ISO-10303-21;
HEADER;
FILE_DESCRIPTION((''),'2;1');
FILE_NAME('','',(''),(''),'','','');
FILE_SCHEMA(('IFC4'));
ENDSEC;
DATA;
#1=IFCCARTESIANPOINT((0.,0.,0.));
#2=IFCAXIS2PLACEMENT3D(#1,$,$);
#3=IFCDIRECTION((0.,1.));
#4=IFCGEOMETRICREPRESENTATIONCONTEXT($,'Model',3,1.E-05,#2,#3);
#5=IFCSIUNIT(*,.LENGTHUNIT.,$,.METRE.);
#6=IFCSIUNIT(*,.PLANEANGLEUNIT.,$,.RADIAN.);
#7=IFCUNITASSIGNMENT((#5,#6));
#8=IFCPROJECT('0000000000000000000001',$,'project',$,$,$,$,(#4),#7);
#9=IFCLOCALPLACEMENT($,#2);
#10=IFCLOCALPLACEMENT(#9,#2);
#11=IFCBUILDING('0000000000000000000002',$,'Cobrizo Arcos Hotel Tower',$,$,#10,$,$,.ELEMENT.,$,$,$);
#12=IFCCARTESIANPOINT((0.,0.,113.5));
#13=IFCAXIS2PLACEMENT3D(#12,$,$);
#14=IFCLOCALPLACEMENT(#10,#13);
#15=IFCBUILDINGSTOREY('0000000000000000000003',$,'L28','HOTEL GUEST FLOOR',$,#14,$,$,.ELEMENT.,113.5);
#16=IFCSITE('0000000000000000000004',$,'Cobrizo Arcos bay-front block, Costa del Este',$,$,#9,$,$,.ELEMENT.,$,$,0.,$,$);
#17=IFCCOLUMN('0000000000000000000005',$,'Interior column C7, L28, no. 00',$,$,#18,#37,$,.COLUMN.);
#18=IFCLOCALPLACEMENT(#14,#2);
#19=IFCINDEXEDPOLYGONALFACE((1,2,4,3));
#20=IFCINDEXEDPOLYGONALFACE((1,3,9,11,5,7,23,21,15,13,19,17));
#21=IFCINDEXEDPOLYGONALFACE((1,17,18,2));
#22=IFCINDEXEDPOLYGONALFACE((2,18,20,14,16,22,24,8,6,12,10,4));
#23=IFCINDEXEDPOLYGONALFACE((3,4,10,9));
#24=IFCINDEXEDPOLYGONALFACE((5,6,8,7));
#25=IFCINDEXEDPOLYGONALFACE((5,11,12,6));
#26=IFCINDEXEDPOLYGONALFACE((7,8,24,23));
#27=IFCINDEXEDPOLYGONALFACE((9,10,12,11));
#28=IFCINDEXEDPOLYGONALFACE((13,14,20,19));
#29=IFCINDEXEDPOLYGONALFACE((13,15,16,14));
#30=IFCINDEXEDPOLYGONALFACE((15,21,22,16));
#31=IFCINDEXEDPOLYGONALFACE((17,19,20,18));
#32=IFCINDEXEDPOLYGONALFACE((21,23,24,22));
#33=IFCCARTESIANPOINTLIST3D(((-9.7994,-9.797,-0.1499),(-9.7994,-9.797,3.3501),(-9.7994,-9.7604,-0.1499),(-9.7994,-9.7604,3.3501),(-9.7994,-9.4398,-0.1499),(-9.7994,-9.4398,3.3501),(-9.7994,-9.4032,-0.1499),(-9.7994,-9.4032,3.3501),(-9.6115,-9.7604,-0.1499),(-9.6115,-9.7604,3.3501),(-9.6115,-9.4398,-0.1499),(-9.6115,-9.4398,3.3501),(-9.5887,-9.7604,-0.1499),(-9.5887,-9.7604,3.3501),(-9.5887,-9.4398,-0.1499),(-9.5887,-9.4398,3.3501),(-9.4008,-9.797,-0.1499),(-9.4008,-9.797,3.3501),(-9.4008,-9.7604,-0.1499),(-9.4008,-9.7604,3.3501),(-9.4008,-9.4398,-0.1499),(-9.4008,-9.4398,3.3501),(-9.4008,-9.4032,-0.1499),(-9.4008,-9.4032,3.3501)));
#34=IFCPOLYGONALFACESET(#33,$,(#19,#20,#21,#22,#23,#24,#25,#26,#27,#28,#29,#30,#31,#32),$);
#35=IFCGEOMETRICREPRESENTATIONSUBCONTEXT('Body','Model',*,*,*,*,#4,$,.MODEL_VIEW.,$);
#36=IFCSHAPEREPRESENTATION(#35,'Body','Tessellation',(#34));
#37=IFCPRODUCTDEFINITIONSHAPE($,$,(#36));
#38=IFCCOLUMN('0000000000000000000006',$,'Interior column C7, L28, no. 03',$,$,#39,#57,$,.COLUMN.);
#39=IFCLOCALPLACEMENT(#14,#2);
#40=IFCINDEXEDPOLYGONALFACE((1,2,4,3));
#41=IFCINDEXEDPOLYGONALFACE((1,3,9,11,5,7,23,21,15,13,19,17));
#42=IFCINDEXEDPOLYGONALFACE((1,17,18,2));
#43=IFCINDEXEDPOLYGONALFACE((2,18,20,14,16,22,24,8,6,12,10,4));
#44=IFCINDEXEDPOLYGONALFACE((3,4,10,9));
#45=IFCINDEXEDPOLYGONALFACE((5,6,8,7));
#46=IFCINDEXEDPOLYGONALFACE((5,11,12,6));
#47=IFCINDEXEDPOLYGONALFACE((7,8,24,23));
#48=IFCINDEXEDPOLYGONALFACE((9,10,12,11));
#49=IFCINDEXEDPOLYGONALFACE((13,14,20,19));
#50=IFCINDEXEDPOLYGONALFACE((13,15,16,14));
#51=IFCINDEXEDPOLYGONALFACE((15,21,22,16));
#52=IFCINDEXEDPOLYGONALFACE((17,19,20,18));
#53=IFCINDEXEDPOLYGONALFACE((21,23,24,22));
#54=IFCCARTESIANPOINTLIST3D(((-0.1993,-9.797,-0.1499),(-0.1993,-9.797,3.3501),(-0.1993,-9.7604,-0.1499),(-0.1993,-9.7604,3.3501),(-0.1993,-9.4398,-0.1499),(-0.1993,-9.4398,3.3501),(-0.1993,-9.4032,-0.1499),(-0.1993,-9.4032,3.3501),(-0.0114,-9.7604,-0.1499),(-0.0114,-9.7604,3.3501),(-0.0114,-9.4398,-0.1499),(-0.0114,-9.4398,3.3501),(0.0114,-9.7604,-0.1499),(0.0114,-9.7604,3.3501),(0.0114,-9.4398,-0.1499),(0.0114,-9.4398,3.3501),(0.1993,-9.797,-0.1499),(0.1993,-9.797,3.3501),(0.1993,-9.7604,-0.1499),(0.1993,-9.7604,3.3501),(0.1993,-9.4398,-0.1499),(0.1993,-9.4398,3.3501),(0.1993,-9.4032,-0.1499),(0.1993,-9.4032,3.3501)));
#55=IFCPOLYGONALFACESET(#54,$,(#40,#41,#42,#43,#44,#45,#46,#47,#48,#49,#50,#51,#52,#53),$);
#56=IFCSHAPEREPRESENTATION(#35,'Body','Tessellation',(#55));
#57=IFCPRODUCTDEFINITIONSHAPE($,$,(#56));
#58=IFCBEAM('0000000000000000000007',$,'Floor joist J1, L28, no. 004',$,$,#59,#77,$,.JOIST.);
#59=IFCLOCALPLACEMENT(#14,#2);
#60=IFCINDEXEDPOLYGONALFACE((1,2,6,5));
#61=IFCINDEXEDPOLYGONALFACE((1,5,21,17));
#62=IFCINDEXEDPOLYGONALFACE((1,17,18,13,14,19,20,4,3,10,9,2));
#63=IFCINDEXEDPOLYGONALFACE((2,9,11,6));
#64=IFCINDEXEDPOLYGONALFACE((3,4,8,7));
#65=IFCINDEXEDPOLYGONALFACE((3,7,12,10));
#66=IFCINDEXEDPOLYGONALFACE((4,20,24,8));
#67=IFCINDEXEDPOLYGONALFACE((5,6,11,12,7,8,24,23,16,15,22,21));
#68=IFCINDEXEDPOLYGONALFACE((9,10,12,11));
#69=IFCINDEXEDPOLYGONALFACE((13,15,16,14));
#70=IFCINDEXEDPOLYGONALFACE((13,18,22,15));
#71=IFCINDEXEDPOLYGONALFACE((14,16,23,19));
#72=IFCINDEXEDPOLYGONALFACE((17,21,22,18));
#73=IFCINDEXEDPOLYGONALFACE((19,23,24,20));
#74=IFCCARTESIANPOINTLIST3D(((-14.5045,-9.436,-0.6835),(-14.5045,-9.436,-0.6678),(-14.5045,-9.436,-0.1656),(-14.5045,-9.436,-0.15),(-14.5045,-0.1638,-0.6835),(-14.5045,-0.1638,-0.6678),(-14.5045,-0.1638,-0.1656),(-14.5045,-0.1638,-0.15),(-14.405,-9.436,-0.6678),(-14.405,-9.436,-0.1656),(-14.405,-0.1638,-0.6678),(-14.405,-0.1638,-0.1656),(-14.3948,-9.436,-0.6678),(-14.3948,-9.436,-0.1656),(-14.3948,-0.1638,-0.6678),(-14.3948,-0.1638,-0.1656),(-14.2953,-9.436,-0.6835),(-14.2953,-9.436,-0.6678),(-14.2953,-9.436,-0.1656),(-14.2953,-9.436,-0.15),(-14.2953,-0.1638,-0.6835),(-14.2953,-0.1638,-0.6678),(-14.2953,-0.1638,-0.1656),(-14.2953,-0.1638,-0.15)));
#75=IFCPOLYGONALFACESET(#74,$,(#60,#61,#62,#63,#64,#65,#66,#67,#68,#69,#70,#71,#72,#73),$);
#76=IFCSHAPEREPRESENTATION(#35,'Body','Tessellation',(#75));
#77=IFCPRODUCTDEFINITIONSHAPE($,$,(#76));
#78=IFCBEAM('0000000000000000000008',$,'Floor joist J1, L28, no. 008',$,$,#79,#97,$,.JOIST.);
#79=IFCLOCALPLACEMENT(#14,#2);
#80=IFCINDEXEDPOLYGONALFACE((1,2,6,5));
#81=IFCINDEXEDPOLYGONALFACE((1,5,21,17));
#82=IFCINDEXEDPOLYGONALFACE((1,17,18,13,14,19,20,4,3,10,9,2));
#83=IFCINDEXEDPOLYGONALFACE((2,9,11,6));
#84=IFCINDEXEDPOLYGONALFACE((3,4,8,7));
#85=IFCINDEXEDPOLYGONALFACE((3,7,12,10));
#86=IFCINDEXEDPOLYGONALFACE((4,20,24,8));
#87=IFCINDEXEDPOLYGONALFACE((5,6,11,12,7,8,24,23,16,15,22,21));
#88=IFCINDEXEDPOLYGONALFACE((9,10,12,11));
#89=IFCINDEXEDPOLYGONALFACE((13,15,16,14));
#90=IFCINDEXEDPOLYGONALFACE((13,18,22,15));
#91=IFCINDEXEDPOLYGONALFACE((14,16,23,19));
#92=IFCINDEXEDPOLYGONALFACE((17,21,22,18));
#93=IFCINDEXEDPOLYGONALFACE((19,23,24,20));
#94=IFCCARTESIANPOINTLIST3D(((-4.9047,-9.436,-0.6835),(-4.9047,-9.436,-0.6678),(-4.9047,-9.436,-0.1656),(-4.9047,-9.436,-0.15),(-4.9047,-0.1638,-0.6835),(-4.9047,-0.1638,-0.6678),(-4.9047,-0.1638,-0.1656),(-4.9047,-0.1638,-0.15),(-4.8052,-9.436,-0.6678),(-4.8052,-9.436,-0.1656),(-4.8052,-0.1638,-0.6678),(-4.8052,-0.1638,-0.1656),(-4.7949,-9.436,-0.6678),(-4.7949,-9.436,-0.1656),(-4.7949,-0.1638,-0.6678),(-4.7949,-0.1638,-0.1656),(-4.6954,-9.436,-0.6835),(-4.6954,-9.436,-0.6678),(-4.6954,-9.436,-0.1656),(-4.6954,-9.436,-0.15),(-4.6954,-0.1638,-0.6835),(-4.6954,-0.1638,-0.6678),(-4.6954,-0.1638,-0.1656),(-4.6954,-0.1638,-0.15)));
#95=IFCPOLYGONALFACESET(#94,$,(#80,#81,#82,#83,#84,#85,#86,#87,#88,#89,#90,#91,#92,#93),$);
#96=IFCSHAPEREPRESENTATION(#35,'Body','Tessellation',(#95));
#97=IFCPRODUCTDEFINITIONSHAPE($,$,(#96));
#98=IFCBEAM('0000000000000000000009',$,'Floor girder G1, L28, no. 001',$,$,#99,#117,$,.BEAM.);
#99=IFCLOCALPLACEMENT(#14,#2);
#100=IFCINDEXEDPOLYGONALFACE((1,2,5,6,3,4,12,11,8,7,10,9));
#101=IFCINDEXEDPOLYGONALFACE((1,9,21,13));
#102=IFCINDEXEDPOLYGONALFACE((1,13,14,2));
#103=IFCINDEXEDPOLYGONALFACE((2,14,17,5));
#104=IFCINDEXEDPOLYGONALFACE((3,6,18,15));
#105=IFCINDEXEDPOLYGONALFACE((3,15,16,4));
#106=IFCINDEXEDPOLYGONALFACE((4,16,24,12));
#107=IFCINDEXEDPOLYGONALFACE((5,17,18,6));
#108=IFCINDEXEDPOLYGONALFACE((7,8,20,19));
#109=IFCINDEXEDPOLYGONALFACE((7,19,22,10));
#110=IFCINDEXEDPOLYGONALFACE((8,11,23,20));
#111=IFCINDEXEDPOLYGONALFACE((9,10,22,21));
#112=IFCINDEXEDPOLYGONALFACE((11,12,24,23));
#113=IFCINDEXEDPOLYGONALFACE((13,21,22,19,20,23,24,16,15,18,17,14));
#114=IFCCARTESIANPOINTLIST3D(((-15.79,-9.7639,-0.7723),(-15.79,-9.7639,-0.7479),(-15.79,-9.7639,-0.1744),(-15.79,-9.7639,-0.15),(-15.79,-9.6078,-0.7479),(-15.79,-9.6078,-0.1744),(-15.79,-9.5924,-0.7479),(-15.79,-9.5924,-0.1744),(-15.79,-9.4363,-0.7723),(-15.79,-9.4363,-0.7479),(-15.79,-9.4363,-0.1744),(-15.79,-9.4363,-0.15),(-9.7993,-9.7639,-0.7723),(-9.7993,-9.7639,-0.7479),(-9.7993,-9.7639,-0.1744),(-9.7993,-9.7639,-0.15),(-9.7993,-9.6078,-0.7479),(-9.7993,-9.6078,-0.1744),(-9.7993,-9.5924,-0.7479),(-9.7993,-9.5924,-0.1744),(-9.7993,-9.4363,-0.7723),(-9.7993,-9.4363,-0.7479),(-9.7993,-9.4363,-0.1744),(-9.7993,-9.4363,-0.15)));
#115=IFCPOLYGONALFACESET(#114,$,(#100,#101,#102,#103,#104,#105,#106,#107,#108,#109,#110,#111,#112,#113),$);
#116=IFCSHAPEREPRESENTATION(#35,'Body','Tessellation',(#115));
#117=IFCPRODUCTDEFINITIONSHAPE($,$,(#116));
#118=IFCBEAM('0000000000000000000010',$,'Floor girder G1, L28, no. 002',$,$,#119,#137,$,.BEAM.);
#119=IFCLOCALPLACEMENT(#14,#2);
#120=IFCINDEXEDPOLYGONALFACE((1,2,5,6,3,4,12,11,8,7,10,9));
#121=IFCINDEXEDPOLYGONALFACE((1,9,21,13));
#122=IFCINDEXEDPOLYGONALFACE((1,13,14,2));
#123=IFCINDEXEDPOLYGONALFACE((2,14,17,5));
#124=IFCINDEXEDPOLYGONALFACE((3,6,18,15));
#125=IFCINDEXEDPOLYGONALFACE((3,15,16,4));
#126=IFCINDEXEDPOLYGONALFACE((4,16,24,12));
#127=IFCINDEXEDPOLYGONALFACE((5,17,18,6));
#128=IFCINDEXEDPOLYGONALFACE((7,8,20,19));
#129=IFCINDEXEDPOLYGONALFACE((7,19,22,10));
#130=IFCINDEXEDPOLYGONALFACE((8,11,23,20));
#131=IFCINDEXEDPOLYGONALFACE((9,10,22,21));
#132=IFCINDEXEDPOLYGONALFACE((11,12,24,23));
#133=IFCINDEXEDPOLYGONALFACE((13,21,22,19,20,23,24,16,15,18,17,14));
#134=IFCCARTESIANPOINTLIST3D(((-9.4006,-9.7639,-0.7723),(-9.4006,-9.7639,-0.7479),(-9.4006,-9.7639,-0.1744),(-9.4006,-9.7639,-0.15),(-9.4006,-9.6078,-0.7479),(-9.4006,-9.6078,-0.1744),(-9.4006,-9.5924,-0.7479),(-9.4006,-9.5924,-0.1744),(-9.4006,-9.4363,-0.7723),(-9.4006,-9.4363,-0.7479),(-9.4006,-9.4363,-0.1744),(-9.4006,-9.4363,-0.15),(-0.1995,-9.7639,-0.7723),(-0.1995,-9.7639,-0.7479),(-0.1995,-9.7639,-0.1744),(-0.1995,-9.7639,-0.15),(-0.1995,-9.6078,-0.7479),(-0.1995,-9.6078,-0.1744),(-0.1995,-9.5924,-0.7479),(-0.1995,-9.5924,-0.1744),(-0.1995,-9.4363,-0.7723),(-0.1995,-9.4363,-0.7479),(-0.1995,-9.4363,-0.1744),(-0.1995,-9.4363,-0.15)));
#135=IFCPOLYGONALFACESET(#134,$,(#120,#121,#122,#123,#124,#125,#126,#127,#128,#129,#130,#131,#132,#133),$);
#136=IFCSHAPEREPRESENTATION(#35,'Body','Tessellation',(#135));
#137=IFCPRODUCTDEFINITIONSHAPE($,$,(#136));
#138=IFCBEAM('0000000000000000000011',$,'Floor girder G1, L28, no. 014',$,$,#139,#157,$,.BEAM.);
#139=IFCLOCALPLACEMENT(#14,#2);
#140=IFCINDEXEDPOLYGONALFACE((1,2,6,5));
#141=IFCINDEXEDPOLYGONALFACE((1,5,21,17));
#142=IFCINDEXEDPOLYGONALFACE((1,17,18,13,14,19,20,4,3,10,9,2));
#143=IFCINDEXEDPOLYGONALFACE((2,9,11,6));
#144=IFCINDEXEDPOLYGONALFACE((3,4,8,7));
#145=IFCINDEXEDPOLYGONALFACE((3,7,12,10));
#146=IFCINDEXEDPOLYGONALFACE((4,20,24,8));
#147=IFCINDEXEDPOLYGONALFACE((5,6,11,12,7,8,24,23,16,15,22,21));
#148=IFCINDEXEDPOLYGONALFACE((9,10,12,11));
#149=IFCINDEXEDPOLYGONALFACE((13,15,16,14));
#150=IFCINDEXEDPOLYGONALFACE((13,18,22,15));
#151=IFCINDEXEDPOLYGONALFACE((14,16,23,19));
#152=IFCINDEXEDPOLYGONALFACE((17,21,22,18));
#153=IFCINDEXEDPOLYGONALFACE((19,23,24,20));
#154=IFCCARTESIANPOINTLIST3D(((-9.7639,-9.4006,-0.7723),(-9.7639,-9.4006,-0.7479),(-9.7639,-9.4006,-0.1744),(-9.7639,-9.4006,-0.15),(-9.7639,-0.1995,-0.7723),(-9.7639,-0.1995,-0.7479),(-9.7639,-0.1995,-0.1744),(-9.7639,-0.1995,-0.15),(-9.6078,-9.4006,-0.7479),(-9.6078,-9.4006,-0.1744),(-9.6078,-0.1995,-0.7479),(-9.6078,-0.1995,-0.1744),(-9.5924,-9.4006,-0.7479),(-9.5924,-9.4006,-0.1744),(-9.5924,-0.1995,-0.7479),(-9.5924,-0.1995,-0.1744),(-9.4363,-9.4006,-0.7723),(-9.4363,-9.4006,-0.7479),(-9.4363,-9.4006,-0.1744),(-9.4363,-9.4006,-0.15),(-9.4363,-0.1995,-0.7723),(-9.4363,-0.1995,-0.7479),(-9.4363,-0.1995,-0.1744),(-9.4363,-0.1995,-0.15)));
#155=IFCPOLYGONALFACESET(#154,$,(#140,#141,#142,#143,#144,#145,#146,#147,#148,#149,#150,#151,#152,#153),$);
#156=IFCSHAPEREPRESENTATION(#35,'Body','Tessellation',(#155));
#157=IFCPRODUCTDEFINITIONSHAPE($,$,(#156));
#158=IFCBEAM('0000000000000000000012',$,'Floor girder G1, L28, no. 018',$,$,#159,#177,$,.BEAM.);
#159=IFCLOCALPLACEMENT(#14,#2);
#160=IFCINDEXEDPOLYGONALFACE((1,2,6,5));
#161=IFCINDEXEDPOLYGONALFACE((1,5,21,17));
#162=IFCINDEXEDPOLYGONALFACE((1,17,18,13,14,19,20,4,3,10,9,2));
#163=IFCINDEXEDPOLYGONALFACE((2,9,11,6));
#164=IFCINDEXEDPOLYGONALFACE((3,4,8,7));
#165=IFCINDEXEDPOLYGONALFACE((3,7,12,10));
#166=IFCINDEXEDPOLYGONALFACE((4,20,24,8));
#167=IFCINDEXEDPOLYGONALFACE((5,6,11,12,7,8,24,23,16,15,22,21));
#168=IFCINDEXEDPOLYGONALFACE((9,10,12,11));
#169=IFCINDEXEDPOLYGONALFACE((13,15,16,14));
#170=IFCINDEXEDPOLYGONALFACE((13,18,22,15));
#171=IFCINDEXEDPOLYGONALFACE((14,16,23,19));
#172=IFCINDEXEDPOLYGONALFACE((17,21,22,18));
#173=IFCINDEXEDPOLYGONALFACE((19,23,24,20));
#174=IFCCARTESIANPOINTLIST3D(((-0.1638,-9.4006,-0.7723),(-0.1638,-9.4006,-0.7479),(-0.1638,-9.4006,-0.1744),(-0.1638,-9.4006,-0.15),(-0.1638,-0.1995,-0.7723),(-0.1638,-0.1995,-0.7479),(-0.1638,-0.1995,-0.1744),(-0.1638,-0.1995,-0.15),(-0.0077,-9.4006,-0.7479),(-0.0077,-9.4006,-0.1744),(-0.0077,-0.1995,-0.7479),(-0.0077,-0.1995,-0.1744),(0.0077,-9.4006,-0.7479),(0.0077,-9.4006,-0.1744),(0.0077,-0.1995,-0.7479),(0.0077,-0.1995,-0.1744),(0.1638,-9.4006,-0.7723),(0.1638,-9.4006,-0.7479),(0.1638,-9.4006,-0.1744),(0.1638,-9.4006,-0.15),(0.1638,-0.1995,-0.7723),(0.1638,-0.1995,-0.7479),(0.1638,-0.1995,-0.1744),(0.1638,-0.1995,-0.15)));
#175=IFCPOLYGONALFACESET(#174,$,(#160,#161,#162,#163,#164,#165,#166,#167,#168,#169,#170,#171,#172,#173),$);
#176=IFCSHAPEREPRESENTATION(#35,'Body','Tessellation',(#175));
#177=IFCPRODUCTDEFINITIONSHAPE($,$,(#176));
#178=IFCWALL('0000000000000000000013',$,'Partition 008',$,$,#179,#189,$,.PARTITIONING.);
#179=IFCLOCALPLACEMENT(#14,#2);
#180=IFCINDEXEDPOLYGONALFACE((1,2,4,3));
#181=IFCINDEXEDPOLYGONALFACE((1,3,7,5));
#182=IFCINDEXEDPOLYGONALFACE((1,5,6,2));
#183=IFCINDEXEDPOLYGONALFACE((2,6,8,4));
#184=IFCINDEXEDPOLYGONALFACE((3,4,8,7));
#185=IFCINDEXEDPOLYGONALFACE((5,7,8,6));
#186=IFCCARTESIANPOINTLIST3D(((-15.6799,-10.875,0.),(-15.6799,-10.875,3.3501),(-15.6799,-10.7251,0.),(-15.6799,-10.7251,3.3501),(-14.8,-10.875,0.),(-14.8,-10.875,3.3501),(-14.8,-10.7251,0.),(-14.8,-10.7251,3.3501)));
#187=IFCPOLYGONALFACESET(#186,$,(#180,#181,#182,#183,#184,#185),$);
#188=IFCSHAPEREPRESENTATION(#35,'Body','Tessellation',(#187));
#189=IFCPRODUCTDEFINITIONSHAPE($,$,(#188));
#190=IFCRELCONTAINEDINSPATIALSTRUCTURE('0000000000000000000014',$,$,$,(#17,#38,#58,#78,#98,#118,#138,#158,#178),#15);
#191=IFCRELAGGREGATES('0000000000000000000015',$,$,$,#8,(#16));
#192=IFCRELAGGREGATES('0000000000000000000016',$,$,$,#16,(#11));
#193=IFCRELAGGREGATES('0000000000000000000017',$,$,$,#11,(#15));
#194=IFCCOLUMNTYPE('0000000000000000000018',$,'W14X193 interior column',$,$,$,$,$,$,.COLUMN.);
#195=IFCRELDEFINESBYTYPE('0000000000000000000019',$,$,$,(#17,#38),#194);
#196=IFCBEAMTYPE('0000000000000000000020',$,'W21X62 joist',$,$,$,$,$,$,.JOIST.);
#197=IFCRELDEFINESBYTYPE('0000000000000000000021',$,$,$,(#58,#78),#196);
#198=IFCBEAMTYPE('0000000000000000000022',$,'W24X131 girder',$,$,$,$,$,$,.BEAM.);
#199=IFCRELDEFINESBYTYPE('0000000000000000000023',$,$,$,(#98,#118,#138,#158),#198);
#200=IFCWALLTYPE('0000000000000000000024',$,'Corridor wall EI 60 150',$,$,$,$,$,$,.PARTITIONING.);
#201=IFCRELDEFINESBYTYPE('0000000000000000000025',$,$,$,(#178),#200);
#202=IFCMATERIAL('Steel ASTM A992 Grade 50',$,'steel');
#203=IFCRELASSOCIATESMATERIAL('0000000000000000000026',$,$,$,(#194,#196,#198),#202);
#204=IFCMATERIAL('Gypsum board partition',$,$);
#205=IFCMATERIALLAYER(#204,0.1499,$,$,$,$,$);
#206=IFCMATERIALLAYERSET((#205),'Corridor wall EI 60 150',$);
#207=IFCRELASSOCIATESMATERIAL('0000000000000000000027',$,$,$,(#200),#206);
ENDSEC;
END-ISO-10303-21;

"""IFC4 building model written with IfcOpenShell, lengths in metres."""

from ifc_helpers import new_model, si_unit, direction, frame, frame_2d, origin, origin_2d, place, context, subcontext, project, spatial, rectangle, i_section, extrude, material, layer, layer_set, material_profile, profile_set, type_object, element, save


model = new_model("IFC4")

# Units and contexts
model_context = context("Model", 3, precision=1e-05, world=origin(), true_north=direction((0.0, 1.0)))
body_context = subcontext(model_context, "Body", "Model", "MODEL_VIEW")
ifc_project = project(units=[si_unit("LENGTHUNIT", "METRE"), si_unit("PLANEANGLEUNIT", "RADIAN")], contexts=[model_context])

# Site, building, storey
site_placement = place(None, origin())
site = spatial("IfcSite", under=ifc_project, at=site_placement, Name="Cobrizo Arcos bay-front block, Costa del Este", CompositionType="ELEMENT", RefElevation=0.0)
building_placement = place(site_placement, origin())
building = spatial("IfcBuilding", under=site, at=building_placement, Name="Cobrizo Arcos Hotel Tower", CompositionType="ELEMENT")
storey_placement = place(building_placement, frame((0.0, 0.0, 113.5)))
storey = spatial("IfcBuildingStorey", under=building, at=storey_placement, Name="L28", Description="HOTEL GUEST FLOOR", CompositionType="ELEMENT", Elevation=113.5)

# Columns
ifc_material_1 = material(Name="Steel ASTM A992 Grade 50", Category="steel")
ifc_material_profile_1 = material_profile(ifc_material_1, i_section(OverallWidth=0.3987, OverallDepth=0.3938, WebThickness=0.0227, FlangeThickness=0.0366, at=origin_2d()), Name="W14X193")
ifc_profile_set_1 = profile_set([ifc_material_profile_1], Name="Steel ASTM A992 Grade 50")
column_type = type_object("IfcColumnType", Name="W14X193 interior column", PredefinedType="COLUMN", material=ifc_profile_set_1)
for number, where, z_axis, x_axis, name in (
    (1, (-9.6001, -9.6001, -0.1499), (0.0, 0.0, 1.0), (1.0, 0.0, 0.0), "Interior column C7, L28, no. 00"),
    (2, (0.0, -9.6001, -0.1499), (0.0, 0.0, 1.0), (1.0, 0.0, 0.0), "Interior column C7, L28, no. 03"),
):
    element("IfcColumn", number, at=place(storey_placement, frame(where, z_axis=z_axis, x_axis=x_axis)), inside=storey, type_object=column_type, Name=name, PredefinedType="COLUMN", context=body_context, shape_type="SweptSolid", body=[
        extrude(i_section(OverallWidth=0.3987, OverallDepth=0.3938, WebThickness=0.0227, FlangeThickness=0.0366, at=origin_2d()), origin(), (0.0, 0.0, 1.0), 3.5),
    ])

# Beams
ifc_material_profile_2 = material_profile(ifc_material_1, i_section(OverallWidth=0.2092, OverallDepth=0.5334, WebThickness=0.0103, FlangeThickness=0.0156, at=origin_2d()), Name="W21X62")
ifc_profile_set_2 = profile_set([ifc_material_profile_2], Name="Steel ASTM A992 Grade 50")
beam_type_1 = type_object("IfcBeamType", Name="W21X62 joist", PredefinedType="JOIST", material=ifc_profile_set_2)
for number, where, z_axis, x_axis, name in (
    (3, (-14.3999, -9.436, -0.4167), (0.0, 1.0, 0.0), (-1.0, 0.0, 0.0), "Floor joist J1, L28, no. 004"),
    (4, (-4.8, -9.436, -0.4167), (0.0, 1.0, 0.0), (-1.0, 0.0, 0.0), "Floor joist J1, L28, no. 008"),
):
    element("IfcBeam", number, at=place(storey_placement, frame(where, z_axis=z_axis, x_axis=x_axis)), inside=storey, type_object=beam_type_1, Name=name, PredefinedType="JOIST", context=body_context, shape_type="SweptSolid", body=[
        extrude(i_section(OverallWidth=0.2092, OverallDepth=0.5334, WebThickness=0.0103, FlangeThickness=0.0156, at=origin_2d()), origin(), (0.0, 0.0, 1.0), 9.2722),
    ])
ifc_material_profile_3 = material_profile(ifc_material_1, i_section(OverallWidth=0.3276, OverallDepth=0.6223, WebThickness=0.0154, FlangeThickness=0.0244, at=origin_2d()), Name="W24X131")
ifc_profile_set_3 = profile_set([ifc_material_profile_3], Name="Steel ASTM A992 Grade 50")
beam_type_2 = type_object("IfcBeamType", Name="W24X131 girder", PredefinedType="BEAM", material=ifc_profile_set_3)
beam_placement = place(storey_placement, frame((-15.79, -9.6001, -0.4612), z_axis=(1.0, 0.0, 0.0), x_axis=(0.0, 1.0, 0.0)))
element("IfcBeam", 5, at=beam_placement, inside=storey, type_object=beam_type_2, Name="Floor girder G1, L28, no. 001", PredefinedType="BEAM", context=body_context, shape_type="SweptSolid", body=[
    extrude(i_section(OverallWidth=0.3276, OverallDepth=0.6223, WebThickness=0.0154, FlangeThickness=0.0244, at=origin_2d()), origin(), (0.0, 0.0, 1.0), 5.9907),
])
for number, where, z_axis, x_axis, name in (
    (6, (-9.4006, -9.6001, -0.4612), (1.0, 0.0, 0.0), (0.0, 1.0, 0.0), "Floor girder G1, L28, no. 002"),
    (7, (-9.6001, -9.4006, -0.4612), (0.0, 1.0, 0.0), (-1.0, 0.0, 0.0), "Floor girder G1, L28, no. 014"),
    (8, (0.0, -9.4006, -0.4612), (0.0, 1.0, 0.0), (-1.0, 0.0, 0.0), "Floor girder G1, L28, no. 018"),
):
    element("IfcBeam", number, at=place(storey_placement, frame(where, z_axis=z_axis, x_axis=x_axis)), inside=storey, type_object=beam_type_2, Name=name, PredefinedType="BEAM", context=body_context, shape_type="SweptSolid", body=[
        extrude(i_section(OverallWidth=0.3276, OverallDepth=0.6223, WebThickness=0.0154, FlangeThickness=0.0244, at=origin_2d()), origin(), (0.0, 0.0, 1.0), 9.2012),
    ])

# Wall
ifc_material_2 = material(Name="Gypsum board partition")
ifc_layer_1 = layer(ifc_material_2, 0.1499)
ifc_layer_set_1 = layer_set([ifc_layer_1], Name="Corridor wall EI 60 150")
wall_type_1 = type_object("IfcWallType", Name="Corridor wall EI 60 150", PredefinedType="PARTITIONING", material=ifc_layer_set_1)
wall_1_placement = place(storey_placement, frame((-15.6799, -10.8, 0.0), z_axis=(0.0, 0.0, 1.0), x_axis=(1.0, 0.0, 0.0)))
element("IfcWall", 9, at=wall_1_placement, inside=storey, type_object=wall_type_1, Name="Partition 008", PredefinedType="PARTITIONING", context=body_context, shape_type="SweptSolid", body=[
    extrude(rectangle(XDim=0.8799, YDim=0.1499, at=frame_2d((0.4399, 0.0))), origin(), (0.0, 0.0, 1.0), 3.3501),
])

save(model, "model.ifc")
